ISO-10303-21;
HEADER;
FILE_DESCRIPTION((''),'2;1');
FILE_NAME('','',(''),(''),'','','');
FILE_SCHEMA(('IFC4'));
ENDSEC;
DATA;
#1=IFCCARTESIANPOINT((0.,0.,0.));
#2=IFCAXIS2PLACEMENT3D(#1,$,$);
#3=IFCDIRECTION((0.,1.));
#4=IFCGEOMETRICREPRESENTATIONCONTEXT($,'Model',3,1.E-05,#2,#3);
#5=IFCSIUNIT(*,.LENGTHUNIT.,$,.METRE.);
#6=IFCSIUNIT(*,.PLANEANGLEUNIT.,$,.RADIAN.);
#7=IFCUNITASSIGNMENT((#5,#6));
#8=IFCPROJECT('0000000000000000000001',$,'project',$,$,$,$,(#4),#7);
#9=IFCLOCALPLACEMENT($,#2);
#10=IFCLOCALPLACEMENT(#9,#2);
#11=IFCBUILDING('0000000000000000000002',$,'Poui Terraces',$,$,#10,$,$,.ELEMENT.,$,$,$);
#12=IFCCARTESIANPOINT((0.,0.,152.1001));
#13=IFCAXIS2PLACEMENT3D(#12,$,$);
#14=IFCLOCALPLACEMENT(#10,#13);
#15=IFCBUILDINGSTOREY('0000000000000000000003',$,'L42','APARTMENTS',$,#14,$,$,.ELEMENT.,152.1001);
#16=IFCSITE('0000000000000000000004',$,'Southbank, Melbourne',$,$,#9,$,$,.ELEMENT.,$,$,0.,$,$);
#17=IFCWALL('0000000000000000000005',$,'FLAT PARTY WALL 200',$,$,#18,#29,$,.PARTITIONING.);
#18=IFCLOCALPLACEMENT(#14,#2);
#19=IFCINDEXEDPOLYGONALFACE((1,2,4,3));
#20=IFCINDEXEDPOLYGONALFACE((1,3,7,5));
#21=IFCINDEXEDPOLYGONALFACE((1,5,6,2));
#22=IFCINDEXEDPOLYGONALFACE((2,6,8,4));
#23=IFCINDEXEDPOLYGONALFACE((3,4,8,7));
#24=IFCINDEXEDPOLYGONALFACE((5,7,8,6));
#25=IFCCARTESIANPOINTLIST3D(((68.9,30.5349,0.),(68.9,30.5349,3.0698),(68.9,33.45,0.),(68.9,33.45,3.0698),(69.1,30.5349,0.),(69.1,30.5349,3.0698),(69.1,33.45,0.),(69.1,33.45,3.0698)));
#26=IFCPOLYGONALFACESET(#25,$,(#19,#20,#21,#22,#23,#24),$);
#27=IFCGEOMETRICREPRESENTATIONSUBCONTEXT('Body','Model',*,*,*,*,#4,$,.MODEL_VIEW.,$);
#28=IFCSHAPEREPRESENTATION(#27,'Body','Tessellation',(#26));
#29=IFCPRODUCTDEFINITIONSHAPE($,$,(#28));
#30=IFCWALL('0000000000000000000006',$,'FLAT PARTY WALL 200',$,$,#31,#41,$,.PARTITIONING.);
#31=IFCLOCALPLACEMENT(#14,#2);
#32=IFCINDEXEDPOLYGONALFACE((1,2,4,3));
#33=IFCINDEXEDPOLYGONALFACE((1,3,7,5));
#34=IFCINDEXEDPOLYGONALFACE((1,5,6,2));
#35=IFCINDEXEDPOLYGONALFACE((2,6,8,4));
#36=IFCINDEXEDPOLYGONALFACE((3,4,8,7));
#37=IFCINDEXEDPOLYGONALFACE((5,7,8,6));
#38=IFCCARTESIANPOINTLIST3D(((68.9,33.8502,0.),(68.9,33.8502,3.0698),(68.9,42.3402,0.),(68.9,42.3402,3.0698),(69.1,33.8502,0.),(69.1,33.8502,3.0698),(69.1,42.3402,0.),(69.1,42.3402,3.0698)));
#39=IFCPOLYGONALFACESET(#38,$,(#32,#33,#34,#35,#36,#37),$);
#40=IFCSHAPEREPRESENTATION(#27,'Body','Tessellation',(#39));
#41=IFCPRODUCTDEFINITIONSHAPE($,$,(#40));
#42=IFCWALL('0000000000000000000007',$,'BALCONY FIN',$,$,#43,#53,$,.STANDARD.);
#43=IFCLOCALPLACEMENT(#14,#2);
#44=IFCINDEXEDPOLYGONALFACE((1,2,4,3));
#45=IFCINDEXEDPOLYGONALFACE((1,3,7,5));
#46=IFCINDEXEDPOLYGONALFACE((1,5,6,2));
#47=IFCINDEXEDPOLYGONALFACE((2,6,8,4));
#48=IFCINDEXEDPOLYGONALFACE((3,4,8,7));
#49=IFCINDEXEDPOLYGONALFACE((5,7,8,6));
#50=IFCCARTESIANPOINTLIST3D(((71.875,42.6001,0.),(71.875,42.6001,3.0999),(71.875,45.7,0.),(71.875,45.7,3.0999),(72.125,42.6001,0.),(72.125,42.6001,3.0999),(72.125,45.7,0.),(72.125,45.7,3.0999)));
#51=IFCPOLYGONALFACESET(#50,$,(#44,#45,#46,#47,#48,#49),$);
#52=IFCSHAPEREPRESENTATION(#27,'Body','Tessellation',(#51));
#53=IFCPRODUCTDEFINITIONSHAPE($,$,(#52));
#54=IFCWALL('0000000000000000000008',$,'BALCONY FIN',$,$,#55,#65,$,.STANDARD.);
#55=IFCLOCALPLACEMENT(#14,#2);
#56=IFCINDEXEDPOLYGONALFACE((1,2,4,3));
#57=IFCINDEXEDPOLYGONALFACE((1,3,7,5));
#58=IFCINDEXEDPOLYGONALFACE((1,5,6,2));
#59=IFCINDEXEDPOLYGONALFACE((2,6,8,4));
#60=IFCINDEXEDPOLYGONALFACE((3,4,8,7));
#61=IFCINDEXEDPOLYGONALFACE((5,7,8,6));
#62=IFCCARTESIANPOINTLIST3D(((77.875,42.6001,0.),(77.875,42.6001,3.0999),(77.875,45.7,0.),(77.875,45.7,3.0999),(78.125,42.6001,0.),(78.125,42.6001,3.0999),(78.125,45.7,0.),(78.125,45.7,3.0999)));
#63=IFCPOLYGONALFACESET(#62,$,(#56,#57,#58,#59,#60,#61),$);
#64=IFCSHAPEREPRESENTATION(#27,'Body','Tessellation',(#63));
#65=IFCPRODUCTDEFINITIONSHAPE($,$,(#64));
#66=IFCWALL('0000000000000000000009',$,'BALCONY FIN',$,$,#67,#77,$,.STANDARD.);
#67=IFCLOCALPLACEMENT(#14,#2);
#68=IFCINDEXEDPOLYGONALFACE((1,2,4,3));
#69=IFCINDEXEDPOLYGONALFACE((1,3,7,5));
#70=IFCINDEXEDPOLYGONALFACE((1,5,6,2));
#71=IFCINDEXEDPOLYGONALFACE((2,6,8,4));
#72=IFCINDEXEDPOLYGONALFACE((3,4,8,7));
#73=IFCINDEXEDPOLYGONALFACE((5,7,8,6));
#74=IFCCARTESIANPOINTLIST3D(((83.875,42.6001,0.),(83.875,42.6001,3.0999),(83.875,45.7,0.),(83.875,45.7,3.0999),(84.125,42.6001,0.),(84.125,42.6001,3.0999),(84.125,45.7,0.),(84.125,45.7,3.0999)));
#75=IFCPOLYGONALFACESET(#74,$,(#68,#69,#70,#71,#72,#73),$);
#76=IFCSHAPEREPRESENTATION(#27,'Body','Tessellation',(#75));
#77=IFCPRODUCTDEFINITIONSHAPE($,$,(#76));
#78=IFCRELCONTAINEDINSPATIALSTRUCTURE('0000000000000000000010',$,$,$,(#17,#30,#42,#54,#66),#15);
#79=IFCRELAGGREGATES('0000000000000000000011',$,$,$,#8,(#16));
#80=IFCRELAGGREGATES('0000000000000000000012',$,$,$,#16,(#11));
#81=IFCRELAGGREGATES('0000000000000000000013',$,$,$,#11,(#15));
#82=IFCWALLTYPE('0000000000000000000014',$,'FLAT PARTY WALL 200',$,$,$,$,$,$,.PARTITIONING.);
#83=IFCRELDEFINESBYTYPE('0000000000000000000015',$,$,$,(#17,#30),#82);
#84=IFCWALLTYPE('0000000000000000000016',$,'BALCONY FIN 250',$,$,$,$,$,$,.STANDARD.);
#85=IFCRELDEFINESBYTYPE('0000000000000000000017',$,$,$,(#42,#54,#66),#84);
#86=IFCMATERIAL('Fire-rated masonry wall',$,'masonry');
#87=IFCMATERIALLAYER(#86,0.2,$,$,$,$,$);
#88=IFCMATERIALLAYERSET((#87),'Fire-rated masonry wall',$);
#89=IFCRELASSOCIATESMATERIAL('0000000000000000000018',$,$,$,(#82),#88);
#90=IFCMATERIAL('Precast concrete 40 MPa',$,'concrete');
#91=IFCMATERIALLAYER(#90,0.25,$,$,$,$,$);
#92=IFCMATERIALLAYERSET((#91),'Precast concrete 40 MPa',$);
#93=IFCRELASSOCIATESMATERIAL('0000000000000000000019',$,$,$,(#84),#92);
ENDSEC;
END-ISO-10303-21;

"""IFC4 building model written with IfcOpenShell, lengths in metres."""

from ifc_helpers import new_model, si_unit, direction, frame, frame_2d, origin, place, context, subcontext, project, spatial, polyline, rectangle, outline, extrude, source, transform, mapped, material, layer, layer_set, type_object, element, save


model = new_model("IFC4")

# Units and contexts
model_context = context("Model", 3, precision=1e-05, world=origin(), true_north=direction((0.0, 1.0)))
body_context = subcontext(model_context, "Body", "Model", "MODEL_VIEW")
ifc_project = project(units=[si_unit("LENGTHUNIT", "METRE"), si_unit("PLANEANGLEUNIT", "RADIAN")], contexts=[model_context])

# Site, building, storey
site_placement = place(None, origin())
site = spatial("IfcSite", under=ifc_project, at=site_placement, Name="Southbank, Melbourne", CompositionType="ELEMENT", RefElevation=0.0)
building_placement = place(site_placement, origin())
building = spatial("IfcBuilding", under=site, at=building_placement, Name="Poui Terraces", CompositionType="ELEMENT")
storey_placement = place(building_placement, frame((0.0, 0.0, 152.1001)))
storey = spatial("IfcBuildingStorey", under=building, at=storey_placement, Name="L42", Description="APARTMENTS", CompositionType="ELEMENT", Elevation=152.1001)

# Walls
ifc_material_1 = material(Name="Fire-rated masonry wall", Category="masonry")
ifc_layer_1 = layer(ifc_material_1, 0.2)
ifc_layer_set_1 = layer_set([ifc_layer_1], Name="Fire-rated masonry wall")
wall_type_1 = type_object("IfcWallType", Name="FLAT PARTY WALL 200", PredefinedType="PARTITIONING", material=ifc_layer_set_1)
wall_1_placement = place(storey_placement, frame((69.0, 30.5349, 0.0), z_axis=(0.0, 0.0, 1.0), x_axis=(0.0, 1.0, 0.0)))
element("IfcWall", 1, at=wall_1_placement, inside=storey, type_object=wall_type_1, Name="FLAT PARTY WALL 200", PredefinedType="PARTITIONING", context=body_context, shape_type="SweptSolid", body=[
    extrude(rectangle(XDim=2.915, YDim=0.2, at=frame_2d((1.4575, 0.0))), origin(), (0.0, 0.0, 1.0), 3.0698),
])
wall_2_placement = place(storey_placement, frame((69.0, 33.8501, 0.0), z_axis=(0.0, 0.0, 1.0), x_axis=(0.0, 1.0, 0.0)))
element("IfcWall", 2, at=wall_2_placement, inside=storey, type_object=wall_type_1, Name="FLAT PARTY WALL 200", PredefinedType="PARTITIONING", context=body_context, shape_type="SweptSolid", body=[
    extrude(rectangle(XDim=8.49, YDim=0.2, at=frame_2d((4.2451, 0.0))), origin(), (0.0, 0.0, 1.0), 3.0698),
])
ifc_material_2 = material(Name="Precast concrete 40 MPa", Category="concrete")
ifc_layer_2 = layer(ifc_material_2, 0.25)
ifc_layer_set_2 = layer_set([ifc_layer_2], Name="Precast concrete 40 MPa")
wall_type_2 = type_object("IfcWallType", Name="BALCONY FIN 250", PredefinedType="STANDARD", material=ifc_layer_set_2)
shared_shape_1 = source(origin(), body_context, "Body", "SweptSolid", [
    extrude(outline(polyline([(0.0, 0.0), (0.25, 0.0), (0.25, 3.0999), (0.0, 3.0999), (0.0, 0.0)])), origin(), (0.0, 0.0, 1.0), 3.0999),
])
for number, where, name in (
    (3, (71.875, 42.6001, 0.0), "BALCONY FIN"),
    (4, (77.875, 42.6001, 0.0), "BALCONY FIN"),
    (5, (83.875, 42.6001, 0.0), "BALCONY FIN"),
):
    element("IfcWall", number, at=place(storey_placement, frame(where)), inside=storey, type_object=wall_type_2, Name=name, PredefinedType="STANDARD", context=body_context, shape_type="MappedRepresentation", body=[
        mapped(shared_shape_1, transform((0.0, 0.0, 0.0))),
    ])

save(model, "model.ifc")
